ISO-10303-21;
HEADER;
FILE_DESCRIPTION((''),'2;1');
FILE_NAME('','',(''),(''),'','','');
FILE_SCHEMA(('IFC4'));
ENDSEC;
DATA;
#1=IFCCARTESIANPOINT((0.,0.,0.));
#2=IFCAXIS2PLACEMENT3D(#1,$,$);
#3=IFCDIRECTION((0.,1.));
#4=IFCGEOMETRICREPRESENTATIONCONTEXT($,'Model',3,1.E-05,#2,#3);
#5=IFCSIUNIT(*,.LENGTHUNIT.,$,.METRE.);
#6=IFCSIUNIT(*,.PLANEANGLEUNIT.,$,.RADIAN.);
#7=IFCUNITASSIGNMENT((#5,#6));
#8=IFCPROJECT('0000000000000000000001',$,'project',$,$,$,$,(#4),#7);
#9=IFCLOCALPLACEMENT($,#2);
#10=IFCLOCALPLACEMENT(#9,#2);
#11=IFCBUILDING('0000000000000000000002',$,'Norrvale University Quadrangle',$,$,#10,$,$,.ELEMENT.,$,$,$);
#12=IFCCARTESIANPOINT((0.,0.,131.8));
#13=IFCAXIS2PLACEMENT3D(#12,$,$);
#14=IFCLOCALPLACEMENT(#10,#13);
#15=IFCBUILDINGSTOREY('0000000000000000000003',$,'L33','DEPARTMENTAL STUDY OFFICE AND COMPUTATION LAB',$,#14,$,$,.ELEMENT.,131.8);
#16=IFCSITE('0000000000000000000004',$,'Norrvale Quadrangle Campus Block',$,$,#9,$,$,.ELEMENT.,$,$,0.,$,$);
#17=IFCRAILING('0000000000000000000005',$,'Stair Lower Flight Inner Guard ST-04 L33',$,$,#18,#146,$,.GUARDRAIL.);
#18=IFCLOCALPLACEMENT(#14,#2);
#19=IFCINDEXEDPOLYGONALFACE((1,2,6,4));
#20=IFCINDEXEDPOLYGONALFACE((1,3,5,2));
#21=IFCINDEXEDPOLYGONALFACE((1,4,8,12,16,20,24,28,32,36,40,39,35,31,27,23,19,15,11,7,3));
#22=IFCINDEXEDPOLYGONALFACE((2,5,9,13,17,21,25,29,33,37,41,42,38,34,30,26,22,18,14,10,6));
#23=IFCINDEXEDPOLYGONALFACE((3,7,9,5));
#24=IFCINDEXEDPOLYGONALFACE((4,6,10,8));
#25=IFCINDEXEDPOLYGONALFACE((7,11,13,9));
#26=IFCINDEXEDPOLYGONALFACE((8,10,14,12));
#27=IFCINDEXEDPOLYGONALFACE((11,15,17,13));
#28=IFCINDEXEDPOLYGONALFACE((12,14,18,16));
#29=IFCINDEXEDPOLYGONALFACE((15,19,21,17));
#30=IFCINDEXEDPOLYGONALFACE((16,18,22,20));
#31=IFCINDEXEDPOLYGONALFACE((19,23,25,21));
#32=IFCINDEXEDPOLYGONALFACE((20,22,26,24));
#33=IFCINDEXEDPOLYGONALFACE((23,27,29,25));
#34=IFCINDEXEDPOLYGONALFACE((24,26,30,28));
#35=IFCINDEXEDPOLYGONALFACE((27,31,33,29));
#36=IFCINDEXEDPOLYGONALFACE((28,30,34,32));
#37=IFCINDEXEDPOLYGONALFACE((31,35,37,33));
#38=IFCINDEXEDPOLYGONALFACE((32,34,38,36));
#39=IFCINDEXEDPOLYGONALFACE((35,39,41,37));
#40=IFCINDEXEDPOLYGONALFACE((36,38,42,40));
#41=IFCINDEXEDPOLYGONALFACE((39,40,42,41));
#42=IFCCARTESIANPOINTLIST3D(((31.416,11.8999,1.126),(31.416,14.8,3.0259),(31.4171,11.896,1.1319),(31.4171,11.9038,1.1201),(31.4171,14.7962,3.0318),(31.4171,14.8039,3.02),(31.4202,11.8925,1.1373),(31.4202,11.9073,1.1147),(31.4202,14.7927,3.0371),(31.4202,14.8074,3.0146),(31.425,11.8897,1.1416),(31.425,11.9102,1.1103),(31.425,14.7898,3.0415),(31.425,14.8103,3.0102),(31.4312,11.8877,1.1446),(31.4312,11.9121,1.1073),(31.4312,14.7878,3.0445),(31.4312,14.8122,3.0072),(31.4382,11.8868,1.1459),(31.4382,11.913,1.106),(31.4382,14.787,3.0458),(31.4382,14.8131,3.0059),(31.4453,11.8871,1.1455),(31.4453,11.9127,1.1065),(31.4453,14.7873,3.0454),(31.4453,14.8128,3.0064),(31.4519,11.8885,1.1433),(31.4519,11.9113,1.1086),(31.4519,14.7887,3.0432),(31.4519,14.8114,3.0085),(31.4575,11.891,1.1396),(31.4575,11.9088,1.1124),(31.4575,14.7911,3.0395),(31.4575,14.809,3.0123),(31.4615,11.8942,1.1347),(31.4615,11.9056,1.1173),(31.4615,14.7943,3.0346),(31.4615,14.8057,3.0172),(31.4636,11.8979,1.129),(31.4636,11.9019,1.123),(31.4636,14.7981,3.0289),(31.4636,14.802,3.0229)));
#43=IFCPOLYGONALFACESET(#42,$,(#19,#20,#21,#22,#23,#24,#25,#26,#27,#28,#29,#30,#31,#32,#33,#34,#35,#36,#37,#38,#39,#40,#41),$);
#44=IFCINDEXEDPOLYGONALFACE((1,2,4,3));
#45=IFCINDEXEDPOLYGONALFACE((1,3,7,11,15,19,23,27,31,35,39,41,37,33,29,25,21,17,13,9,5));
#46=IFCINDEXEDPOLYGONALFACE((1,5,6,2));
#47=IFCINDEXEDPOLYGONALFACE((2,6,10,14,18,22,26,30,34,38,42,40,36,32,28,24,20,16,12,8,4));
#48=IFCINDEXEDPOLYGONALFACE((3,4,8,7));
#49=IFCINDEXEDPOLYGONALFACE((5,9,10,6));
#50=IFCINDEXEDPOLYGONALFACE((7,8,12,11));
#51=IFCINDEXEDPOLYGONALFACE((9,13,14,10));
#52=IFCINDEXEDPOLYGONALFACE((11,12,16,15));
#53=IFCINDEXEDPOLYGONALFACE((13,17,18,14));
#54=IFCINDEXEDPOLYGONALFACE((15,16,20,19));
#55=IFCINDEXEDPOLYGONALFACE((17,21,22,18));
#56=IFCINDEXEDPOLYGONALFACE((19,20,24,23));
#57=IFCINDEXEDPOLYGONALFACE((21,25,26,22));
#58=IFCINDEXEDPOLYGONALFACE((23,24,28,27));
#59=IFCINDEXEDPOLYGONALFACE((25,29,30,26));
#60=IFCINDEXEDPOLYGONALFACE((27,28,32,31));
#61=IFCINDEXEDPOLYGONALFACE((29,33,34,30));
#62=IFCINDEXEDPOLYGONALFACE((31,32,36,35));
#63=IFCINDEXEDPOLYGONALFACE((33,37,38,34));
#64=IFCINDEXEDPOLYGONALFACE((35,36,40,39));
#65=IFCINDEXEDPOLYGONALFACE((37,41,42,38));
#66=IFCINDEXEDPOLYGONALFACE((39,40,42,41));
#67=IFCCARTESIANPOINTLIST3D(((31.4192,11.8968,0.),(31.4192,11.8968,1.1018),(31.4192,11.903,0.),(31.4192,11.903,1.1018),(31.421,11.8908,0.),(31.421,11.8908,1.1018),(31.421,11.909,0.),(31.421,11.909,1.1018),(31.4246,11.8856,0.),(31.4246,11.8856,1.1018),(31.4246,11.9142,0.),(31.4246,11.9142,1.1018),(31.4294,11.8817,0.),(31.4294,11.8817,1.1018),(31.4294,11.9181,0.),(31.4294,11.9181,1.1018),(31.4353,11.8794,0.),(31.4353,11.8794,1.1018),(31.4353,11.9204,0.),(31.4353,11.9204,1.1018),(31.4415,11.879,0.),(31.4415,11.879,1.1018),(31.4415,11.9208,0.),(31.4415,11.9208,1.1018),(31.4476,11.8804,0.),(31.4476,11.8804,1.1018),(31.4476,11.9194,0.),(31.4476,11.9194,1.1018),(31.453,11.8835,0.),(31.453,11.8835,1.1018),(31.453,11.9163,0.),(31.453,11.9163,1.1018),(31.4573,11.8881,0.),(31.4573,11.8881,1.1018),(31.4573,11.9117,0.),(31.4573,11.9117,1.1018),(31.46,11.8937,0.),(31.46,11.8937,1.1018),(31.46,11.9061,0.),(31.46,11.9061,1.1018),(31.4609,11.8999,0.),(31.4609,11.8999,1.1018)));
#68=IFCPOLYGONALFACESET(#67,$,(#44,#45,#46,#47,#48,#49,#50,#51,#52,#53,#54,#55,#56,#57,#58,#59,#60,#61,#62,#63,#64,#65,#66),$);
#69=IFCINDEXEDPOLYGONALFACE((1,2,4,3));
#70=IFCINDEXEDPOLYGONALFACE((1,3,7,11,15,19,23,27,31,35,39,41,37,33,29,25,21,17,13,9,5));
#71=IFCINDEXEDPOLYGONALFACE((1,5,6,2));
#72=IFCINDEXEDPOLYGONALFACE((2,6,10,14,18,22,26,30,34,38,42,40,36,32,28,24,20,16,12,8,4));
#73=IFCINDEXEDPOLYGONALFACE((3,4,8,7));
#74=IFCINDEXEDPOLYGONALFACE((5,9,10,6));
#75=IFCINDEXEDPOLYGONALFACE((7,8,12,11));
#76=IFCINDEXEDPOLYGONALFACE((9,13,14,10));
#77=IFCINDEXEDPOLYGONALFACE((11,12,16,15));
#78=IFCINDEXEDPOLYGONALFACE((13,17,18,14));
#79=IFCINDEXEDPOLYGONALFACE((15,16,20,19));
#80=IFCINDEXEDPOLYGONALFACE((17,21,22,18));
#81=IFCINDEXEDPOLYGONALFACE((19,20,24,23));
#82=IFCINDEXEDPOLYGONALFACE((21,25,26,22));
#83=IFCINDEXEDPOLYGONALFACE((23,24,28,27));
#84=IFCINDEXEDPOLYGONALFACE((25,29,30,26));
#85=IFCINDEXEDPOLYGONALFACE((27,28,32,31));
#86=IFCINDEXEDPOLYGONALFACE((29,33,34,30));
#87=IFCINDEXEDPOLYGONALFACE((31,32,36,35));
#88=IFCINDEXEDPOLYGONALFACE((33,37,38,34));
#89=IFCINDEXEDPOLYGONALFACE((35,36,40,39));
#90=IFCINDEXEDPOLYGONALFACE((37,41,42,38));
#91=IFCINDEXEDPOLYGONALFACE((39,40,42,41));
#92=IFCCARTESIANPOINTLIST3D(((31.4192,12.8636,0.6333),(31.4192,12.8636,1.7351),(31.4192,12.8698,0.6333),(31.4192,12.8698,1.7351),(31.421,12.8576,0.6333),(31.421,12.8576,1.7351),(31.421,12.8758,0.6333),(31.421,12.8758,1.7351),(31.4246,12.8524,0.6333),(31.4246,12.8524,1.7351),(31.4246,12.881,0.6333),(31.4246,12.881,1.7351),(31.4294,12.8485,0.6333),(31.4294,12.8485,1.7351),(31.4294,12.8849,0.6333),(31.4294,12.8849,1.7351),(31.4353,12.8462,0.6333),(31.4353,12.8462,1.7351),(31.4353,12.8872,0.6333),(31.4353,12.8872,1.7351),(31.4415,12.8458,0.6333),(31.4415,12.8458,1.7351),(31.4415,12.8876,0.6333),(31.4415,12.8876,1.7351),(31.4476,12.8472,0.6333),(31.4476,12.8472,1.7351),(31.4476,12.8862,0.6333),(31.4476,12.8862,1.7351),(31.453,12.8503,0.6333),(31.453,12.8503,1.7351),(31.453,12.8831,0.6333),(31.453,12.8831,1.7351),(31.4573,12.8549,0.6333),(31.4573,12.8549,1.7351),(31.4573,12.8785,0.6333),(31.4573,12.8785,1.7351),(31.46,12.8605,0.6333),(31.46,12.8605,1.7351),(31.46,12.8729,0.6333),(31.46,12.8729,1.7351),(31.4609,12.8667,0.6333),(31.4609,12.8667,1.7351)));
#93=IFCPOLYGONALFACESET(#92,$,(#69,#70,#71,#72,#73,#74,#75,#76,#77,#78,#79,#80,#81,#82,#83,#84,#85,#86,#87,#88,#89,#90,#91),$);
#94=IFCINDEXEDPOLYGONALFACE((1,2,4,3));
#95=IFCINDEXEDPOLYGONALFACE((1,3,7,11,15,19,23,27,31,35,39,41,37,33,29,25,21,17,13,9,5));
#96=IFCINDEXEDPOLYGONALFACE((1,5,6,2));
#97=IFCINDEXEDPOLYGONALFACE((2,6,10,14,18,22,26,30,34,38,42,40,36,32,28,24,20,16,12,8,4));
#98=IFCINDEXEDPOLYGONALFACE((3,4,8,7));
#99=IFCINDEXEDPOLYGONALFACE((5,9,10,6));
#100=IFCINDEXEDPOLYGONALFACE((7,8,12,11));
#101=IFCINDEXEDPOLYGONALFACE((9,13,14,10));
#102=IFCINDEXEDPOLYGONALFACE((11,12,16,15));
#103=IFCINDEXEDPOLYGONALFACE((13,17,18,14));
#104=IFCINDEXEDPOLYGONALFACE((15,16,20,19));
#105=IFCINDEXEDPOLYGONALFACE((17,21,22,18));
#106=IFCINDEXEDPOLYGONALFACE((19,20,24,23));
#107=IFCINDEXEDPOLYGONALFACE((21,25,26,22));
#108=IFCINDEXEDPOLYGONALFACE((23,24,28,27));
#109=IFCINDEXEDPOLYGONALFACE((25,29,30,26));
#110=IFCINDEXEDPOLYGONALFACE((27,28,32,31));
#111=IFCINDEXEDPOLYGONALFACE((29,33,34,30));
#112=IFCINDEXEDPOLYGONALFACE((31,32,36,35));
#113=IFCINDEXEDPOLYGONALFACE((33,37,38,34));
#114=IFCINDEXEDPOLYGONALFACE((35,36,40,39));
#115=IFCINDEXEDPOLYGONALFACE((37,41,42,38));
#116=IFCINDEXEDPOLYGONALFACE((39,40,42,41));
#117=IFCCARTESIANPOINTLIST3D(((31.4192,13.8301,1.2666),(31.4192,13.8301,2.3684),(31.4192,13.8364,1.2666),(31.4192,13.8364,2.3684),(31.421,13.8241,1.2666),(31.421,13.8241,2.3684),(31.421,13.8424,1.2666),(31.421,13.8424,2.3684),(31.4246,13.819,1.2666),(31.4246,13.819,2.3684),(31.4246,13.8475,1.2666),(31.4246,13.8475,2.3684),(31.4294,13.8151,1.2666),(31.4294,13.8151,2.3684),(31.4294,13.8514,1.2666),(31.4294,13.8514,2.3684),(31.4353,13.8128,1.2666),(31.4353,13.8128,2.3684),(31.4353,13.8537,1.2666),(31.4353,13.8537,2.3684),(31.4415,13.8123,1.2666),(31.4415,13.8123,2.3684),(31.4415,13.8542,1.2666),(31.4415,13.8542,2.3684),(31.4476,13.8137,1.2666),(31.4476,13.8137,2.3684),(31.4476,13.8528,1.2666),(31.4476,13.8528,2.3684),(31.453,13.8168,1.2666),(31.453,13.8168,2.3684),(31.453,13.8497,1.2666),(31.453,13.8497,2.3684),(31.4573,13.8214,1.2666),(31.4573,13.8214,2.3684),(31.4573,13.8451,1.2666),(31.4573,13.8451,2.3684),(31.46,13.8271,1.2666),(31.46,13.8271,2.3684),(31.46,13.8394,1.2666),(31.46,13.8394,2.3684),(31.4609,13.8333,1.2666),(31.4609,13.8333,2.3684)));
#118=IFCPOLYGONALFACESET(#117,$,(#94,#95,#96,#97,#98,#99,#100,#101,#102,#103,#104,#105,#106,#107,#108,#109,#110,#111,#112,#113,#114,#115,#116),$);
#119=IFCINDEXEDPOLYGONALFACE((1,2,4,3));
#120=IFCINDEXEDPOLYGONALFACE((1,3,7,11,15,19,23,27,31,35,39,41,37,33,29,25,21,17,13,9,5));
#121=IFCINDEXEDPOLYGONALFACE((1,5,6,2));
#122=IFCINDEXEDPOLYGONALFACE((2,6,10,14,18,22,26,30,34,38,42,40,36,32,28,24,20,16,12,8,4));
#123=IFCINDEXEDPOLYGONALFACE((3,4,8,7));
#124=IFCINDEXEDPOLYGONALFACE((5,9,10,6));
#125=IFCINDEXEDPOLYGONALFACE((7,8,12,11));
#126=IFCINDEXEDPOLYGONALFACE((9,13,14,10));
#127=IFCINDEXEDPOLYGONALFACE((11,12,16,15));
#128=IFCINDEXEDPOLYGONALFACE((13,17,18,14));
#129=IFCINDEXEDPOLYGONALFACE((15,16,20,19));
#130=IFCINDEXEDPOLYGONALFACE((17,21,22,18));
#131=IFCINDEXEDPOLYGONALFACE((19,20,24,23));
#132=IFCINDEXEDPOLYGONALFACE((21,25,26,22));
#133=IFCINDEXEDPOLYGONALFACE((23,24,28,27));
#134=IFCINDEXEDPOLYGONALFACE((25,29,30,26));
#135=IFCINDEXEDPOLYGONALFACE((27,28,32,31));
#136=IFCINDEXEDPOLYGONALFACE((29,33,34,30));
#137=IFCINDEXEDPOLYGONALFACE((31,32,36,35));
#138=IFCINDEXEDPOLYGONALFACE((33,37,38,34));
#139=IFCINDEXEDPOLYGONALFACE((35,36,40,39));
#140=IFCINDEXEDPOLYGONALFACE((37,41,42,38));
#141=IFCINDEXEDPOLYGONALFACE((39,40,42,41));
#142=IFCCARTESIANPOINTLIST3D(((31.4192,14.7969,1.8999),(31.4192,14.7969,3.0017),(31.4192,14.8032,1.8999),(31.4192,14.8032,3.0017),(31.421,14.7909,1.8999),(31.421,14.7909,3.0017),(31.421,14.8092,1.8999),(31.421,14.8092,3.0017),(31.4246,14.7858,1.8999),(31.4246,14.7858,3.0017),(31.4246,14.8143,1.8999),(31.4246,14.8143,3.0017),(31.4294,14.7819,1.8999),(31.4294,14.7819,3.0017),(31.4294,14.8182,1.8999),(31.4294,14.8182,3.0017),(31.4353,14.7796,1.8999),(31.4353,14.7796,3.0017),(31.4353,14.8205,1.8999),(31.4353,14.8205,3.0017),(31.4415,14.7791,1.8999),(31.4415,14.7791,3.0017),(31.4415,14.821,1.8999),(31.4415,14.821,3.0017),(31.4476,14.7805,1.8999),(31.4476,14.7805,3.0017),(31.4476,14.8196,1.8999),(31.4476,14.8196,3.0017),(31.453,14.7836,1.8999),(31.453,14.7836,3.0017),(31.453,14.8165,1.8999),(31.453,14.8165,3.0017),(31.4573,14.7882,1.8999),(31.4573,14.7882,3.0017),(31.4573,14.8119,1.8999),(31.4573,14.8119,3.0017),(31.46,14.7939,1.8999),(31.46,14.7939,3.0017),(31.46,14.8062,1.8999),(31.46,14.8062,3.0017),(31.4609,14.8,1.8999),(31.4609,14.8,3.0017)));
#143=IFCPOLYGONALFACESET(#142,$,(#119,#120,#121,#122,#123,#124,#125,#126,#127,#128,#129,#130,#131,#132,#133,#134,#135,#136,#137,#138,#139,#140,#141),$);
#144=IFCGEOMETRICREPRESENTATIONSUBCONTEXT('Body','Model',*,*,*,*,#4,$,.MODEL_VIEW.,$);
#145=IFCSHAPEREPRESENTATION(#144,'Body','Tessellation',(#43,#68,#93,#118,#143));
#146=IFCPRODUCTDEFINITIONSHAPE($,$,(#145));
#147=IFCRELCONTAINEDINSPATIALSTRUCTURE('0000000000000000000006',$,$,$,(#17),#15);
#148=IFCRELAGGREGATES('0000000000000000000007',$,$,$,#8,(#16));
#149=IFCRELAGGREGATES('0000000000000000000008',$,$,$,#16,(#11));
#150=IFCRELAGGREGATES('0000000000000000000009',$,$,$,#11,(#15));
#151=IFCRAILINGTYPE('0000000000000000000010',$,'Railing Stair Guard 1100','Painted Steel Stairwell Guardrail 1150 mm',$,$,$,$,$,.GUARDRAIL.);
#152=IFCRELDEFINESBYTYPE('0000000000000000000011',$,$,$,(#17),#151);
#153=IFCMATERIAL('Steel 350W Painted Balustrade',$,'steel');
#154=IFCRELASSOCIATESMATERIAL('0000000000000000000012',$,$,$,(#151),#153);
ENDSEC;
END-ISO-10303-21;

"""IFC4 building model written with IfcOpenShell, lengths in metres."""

from ifc_helpers import new_model, si_unit, direction, frame, origin, origin_2d, place, context, subcontext, project, spatial, circle, extrude, material, type_object, element, save


model = new_model("IFC4")

# Units and contexts
model_context = context("Model", 3, precision=1e-05, world=origin(), true_north=direction((0.0, 1.0)))
body_context = subcontext(model_context, "Body", "Model", "MODEL_VIEW")
ifc_project = project(units=[si_unit("LENGTHUNIT", "METRE"), si_unit("PLANEANGLEUNIT", "RADIAN")], contexts=[model_context])

# Site, building, storey
site_placement = place(None, origin())
site = spatial("IfcSite", under=ifc_project, at=site_placement, Name="Norrvale Quadrangle Campus Block", CompositionType="ELEMENT", RefElevation=0.0)
building_placement = place(site_placement, origin())
building = spatial("IfcBuilding", under=site, at=building_placement, Name="Norrvale University Quadrangle", CompositionType="ELEMENT")
storey_placement = place(building_placement, frame((0.0, 0.0, 131.8)))
storey = spatial("IfcBuildingStorey", under=building, at=storey_placement, Name="L33", Description="DEPARTMENTAL STUDY OFFICE AND COMPUTATION LAB", CompositionType="ELEMENT", Elevation=131.8)

# Railing
ifc_material_1 = material(Name="Steel 350W Painted Balustrade", Category="steel")
railing_type_1 = type_object("IfcRailingType", Name="Railing Stair Guard 1100", Description="Painted Steel Stairwell Guardrail 1150 mm", PredefinedType="GUARDRAIL", material=ifc_material_1)
railing_1_placement = place(storey_placement, frame((31.4399, 11.8999, 0.0)))
element("IfcRailing", 1, at=railing_1_placement, inside=storey, type_object=railing_type_1, Name="Stair Lower Flight Inner Guard ST-04 L33", PredefinedType="GUARDRAIL", context=body_context, shape_type="SweptSolid", body=[
    extrude(circle(Radius=0.0239, at=origin_2d()), frame((0.0, 0.0, 1.126), z_axis=(0.0, 0.836487, 0.547987), x_axis=(-1.0, 0.0, 0.0)), (0.0, 0.0, 1.0), 3.467),
    extrude(circle(Radius=0.021, at=origin_2d()), origin(), (0.0, 0.0, 1.0), 1.1018),
    extrude(circle(Radius=0.021, at=origin_2d()), frame((0.0, 0.9668, 0.6333)), (0.0, 0.0, 1.0), 1.1018),
    extrude(circle(Radius=0.021, at=origin_2d()), frame((0.0, 1.9333, 1.2666)), (0.0, 0.0, 1.0), 1.1018),
    extrude(circle(Radius=0.021, at=origin_2d()), frame((0.0, 2.9001, 1.8999)), (0.0, 0.0, 1.0), 1.1018),
])

save(model, "model.ifc")
